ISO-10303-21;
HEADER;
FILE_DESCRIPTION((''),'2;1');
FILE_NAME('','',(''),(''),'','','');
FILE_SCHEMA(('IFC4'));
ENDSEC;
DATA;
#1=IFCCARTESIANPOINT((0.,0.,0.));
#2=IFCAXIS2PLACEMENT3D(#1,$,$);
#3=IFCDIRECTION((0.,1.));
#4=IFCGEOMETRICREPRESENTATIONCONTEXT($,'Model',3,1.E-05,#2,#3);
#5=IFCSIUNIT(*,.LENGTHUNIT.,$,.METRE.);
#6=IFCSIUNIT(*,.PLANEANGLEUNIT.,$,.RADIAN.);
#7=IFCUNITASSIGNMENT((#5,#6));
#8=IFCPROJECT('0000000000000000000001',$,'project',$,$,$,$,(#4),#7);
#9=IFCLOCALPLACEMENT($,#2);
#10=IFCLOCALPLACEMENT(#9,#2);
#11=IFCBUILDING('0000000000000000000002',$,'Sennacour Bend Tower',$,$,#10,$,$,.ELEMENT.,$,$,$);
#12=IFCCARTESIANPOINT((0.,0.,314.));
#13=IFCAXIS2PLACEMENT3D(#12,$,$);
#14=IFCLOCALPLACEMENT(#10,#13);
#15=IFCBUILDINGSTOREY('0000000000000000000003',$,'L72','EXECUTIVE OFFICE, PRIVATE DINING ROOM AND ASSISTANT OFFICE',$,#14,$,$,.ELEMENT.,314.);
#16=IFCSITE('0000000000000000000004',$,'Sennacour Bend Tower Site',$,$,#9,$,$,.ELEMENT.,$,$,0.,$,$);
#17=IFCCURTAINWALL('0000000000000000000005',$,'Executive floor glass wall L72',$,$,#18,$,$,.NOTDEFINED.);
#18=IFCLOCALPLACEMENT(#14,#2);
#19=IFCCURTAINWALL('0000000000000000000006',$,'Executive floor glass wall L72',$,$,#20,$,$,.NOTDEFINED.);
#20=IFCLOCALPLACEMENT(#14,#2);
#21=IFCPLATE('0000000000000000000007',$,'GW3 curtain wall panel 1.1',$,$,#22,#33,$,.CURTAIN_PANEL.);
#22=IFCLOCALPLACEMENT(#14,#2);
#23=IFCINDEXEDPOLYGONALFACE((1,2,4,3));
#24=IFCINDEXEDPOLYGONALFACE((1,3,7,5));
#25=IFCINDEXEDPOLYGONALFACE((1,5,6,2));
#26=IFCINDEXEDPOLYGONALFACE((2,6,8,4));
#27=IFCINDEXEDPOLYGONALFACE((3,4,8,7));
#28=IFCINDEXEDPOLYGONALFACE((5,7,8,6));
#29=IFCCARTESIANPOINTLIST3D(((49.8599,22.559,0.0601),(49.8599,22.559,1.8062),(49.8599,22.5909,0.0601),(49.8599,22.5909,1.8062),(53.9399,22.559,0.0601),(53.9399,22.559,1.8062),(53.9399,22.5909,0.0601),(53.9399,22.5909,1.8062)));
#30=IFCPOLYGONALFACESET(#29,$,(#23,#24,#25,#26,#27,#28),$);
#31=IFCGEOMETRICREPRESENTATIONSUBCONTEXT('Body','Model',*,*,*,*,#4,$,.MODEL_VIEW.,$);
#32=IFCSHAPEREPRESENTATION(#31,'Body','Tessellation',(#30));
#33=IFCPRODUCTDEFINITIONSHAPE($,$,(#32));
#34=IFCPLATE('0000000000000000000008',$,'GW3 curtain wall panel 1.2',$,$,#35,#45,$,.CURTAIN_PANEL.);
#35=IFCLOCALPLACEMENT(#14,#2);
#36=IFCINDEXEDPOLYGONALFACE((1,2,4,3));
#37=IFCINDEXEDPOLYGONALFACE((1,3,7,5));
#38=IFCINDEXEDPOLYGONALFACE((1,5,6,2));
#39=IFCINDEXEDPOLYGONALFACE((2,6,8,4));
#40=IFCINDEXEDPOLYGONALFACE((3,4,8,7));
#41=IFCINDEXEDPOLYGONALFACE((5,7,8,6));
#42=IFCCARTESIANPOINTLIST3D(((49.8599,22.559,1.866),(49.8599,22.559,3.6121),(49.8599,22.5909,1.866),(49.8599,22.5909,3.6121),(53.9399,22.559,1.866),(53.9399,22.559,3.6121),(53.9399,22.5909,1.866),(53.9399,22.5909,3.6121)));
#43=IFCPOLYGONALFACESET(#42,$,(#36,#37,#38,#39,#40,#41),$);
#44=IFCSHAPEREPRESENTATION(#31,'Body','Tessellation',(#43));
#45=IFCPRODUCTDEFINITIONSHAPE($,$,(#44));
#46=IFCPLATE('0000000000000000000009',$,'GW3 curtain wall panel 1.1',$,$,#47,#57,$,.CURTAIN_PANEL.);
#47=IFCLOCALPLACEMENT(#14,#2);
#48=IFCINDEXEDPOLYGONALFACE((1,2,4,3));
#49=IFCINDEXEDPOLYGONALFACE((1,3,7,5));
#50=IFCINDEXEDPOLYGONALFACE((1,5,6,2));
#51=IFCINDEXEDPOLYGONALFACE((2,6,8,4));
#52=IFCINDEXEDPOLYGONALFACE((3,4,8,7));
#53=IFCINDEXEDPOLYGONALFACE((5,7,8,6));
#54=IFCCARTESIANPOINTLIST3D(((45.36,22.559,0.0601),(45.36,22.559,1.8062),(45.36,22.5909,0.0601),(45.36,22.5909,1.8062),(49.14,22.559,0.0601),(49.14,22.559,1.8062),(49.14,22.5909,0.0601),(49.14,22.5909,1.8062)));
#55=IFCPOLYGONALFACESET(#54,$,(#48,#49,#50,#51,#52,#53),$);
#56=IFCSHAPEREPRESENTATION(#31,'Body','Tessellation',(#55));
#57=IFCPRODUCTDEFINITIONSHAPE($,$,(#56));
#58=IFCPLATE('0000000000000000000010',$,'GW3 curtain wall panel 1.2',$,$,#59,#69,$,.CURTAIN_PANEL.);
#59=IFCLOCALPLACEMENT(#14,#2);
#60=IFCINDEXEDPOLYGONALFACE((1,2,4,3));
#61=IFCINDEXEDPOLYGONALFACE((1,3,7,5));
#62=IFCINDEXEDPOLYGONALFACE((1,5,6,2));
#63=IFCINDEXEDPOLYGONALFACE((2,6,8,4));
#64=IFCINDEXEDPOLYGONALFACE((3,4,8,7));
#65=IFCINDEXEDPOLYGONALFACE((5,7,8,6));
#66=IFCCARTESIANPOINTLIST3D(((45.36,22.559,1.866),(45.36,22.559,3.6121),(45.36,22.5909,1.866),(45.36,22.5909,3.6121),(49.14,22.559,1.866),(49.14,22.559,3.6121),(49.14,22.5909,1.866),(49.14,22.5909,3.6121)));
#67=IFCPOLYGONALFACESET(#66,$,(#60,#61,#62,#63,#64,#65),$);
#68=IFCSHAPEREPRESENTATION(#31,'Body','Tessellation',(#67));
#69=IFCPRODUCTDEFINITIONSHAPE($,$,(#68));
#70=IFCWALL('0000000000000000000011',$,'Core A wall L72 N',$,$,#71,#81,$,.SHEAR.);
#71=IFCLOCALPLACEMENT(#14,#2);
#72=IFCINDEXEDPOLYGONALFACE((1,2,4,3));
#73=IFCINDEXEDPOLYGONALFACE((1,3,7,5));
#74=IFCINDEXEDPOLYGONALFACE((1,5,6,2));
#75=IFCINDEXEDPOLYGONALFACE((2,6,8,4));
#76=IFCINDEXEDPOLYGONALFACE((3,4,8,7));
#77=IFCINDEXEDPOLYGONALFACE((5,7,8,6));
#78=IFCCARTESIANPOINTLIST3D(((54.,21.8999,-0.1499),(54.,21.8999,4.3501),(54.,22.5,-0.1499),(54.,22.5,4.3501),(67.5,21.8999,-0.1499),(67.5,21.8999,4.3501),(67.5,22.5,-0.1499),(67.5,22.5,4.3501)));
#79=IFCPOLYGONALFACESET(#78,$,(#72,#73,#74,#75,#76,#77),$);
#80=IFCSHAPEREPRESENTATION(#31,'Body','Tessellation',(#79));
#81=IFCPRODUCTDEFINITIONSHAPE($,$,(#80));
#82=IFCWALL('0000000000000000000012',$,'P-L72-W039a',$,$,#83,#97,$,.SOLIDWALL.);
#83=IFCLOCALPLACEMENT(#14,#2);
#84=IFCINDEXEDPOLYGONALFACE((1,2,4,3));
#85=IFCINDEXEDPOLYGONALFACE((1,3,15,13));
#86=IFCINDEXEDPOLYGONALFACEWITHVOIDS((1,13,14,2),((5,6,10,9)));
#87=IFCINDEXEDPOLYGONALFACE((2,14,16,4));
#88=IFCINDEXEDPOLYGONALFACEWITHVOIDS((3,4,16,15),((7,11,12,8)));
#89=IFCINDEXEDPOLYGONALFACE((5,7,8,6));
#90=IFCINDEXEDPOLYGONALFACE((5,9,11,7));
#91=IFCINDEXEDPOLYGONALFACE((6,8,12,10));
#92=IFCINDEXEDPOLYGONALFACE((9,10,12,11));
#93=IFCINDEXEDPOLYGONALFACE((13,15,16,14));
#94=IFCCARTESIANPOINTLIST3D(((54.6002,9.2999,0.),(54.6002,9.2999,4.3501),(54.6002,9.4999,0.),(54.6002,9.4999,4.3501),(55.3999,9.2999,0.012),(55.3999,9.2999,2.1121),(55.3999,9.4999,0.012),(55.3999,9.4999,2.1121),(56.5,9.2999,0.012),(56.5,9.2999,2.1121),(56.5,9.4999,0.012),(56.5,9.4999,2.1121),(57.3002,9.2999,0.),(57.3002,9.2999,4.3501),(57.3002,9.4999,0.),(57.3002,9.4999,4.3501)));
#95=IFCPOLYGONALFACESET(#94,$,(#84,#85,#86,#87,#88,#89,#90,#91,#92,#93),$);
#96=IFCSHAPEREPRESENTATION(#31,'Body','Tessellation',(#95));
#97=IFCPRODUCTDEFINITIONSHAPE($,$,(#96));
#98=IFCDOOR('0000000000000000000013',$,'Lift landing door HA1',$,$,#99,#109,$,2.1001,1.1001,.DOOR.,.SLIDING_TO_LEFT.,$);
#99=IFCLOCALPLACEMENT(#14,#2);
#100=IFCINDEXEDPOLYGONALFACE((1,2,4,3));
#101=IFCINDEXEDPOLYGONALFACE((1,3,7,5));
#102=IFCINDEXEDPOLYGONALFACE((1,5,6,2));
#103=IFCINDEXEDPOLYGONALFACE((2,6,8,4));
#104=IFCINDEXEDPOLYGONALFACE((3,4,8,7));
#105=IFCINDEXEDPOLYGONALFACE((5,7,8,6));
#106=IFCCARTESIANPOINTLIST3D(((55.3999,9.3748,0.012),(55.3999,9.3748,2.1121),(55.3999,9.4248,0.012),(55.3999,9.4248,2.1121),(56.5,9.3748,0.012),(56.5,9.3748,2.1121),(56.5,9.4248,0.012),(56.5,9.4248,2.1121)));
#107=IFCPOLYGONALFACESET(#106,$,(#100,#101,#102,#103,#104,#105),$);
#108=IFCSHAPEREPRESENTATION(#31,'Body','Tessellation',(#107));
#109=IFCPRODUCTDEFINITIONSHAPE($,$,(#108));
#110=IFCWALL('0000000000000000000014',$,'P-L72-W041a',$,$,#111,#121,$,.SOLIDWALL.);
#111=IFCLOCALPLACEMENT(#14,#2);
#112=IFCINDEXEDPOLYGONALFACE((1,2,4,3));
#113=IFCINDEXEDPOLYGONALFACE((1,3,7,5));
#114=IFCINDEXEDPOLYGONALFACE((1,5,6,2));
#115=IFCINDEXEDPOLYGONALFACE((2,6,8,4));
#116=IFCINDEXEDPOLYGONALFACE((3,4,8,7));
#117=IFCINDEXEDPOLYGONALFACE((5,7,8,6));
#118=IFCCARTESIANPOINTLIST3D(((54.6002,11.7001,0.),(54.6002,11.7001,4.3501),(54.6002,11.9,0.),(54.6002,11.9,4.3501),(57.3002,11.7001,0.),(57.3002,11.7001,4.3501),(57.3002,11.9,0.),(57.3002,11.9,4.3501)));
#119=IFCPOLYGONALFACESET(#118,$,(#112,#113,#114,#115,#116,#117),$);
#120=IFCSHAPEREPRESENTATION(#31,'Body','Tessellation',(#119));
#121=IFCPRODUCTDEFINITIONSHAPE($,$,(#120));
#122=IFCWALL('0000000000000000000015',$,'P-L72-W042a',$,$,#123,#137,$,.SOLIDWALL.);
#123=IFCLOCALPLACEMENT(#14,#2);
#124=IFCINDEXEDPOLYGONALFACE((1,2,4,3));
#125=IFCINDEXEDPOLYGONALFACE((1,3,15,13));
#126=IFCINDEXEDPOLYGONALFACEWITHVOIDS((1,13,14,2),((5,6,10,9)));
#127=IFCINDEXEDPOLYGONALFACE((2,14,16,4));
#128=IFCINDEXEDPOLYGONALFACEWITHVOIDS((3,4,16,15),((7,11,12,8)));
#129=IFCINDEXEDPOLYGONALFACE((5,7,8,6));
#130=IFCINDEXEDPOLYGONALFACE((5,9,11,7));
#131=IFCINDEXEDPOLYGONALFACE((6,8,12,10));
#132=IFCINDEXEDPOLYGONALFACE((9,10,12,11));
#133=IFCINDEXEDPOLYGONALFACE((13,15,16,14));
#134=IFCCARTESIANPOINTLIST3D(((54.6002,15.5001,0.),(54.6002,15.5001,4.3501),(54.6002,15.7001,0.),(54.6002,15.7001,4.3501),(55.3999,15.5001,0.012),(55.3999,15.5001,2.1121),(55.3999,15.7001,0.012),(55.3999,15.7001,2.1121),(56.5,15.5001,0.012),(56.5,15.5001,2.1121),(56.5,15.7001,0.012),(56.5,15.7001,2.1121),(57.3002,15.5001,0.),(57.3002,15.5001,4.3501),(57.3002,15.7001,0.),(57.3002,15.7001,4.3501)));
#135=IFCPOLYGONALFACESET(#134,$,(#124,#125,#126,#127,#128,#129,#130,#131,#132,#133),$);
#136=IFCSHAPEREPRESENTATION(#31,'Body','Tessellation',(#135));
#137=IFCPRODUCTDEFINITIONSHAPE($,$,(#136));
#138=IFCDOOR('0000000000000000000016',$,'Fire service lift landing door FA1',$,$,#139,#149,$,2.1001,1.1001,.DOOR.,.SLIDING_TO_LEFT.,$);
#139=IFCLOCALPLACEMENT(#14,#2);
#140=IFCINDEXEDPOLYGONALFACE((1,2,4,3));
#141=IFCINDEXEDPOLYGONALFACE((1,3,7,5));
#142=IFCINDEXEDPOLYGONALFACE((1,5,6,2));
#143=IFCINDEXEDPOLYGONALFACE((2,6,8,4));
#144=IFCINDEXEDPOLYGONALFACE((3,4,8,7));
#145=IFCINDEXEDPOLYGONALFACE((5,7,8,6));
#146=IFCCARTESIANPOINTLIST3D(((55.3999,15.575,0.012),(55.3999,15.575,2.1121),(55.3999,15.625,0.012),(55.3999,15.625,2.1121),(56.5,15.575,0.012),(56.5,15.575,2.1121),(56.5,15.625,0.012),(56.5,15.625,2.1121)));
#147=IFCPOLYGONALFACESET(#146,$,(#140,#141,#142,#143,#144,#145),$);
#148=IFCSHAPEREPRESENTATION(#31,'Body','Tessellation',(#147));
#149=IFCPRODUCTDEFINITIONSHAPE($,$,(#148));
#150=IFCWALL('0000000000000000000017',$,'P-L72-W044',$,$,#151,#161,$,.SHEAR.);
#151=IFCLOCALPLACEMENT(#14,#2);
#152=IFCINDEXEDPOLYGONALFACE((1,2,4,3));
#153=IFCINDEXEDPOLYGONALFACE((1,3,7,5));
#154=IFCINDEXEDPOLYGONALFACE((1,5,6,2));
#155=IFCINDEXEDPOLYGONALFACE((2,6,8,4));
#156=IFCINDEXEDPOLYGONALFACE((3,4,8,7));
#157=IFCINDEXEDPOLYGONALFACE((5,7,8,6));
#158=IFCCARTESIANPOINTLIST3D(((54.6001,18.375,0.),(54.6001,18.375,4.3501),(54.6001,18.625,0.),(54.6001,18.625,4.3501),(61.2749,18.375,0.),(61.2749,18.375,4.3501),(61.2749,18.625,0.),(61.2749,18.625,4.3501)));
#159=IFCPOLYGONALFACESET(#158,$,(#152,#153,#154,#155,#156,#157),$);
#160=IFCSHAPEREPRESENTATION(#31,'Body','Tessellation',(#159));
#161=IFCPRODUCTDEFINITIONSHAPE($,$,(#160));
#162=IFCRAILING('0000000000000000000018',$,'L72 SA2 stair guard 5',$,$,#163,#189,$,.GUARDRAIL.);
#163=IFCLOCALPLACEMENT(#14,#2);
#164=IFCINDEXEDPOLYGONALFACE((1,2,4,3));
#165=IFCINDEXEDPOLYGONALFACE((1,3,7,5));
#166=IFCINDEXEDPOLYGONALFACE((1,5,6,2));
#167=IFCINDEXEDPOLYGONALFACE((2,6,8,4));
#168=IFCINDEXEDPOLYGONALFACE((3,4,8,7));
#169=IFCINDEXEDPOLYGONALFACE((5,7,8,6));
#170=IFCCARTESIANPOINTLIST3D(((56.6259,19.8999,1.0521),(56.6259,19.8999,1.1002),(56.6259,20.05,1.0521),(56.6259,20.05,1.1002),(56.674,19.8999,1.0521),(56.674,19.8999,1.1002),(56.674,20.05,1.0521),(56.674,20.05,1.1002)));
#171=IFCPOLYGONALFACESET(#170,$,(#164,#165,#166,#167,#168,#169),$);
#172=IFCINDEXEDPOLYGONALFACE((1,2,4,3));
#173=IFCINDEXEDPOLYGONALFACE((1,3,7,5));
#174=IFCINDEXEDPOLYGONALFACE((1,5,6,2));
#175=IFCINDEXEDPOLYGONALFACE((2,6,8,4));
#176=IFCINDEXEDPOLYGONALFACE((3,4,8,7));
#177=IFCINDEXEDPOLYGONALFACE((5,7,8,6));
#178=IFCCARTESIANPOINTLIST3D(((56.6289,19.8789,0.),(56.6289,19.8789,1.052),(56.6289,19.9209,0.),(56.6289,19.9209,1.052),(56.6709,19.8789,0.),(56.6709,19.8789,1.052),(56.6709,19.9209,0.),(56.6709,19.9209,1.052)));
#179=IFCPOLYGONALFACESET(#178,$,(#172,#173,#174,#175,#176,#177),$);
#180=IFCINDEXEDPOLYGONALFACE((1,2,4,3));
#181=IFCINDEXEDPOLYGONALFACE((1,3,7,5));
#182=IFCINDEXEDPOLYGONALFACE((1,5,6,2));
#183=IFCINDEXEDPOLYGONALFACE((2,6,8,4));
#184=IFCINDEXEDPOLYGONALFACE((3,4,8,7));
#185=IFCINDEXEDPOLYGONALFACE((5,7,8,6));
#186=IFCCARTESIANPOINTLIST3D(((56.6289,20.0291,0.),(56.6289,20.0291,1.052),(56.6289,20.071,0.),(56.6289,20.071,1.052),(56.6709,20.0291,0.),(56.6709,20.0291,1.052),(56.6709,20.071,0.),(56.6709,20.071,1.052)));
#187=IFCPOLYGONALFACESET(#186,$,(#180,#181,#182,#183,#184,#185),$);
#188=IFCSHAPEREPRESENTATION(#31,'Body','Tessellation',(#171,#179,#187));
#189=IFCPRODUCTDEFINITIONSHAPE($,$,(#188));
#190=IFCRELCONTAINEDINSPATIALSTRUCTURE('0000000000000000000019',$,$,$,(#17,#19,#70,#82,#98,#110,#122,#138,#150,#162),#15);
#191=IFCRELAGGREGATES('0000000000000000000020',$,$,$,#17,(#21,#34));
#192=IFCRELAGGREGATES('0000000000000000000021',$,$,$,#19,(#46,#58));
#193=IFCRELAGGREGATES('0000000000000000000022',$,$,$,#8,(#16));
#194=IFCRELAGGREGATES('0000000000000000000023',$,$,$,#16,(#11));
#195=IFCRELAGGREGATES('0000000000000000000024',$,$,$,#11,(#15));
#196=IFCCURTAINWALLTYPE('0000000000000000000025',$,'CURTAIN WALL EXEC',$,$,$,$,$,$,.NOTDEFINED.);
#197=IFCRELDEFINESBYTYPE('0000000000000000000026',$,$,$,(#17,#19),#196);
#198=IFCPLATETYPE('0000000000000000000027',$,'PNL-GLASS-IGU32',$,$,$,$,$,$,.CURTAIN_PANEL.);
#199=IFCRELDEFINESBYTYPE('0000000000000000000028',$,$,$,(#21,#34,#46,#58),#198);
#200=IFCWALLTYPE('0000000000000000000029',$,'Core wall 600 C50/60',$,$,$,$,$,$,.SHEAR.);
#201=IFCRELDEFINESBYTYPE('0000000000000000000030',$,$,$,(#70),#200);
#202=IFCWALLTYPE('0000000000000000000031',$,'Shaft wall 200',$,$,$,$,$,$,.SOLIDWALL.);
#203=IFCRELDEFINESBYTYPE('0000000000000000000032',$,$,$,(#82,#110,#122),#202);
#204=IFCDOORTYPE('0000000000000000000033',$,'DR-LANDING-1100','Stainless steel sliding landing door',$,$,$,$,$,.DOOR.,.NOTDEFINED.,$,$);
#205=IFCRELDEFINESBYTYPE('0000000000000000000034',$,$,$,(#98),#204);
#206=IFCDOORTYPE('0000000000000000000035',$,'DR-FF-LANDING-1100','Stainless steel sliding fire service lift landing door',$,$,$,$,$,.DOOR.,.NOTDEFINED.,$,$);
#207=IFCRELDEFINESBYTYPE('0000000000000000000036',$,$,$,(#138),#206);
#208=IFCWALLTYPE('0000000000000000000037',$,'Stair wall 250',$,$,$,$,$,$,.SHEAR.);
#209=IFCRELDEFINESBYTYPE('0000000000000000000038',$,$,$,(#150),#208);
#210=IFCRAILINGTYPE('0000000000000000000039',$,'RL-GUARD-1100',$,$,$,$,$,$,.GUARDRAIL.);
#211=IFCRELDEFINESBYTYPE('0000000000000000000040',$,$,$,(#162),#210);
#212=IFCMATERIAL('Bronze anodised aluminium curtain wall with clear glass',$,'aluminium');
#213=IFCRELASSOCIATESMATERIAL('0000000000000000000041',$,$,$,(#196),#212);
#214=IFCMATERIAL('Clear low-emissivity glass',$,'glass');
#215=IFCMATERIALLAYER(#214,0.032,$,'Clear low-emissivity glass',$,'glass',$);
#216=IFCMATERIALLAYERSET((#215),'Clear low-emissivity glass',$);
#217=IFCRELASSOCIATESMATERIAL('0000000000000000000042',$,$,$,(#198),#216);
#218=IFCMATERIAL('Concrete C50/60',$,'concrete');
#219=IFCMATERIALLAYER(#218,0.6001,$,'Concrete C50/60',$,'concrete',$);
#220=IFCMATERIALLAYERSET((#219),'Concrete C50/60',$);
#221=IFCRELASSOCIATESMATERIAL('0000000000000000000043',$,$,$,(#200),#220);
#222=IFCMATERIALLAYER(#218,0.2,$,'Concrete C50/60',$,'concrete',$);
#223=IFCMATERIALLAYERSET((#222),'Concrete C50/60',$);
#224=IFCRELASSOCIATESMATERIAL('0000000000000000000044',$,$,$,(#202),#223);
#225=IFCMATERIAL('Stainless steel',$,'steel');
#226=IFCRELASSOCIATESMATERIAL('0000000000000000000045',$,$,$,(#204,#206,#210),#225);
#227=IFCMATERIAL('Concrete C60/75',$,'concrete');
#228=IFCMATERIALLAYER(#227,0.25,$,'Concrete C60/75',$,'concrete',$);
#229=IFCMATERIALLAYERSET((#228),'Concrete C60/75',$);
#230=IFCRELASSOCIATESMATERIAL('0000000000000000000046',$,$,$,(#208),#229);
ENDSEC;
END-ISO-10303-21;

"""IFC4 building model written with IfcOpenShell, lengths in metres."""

from ifc_helpers import new_model, si_unit, direction, frame, frame_2d, origin, origin_2d, place, context, subcontext, project, spatial, rectangle, extrude, material, layer, layer_set, type_object, element, fill, aggregate, save


model = new_model("IFC4")

# Units and contexts
model_context = context("Model", 3, precision=1e-05, world=origin(), true_north=direction((0.0, 1.0)))
body_context = subcontext(model_context, "Body", "Model", "MODEL_VIEW")
ifc_project = project(units=[si_unit("LENGTHUNIT", "METRE"), si_unit("PLANEANGLEUNIT", "RADIAN")], contexts=[model_context])

# Site, building, storey
site_placement = place(None, origin())
site = spatial("IfcSite", under=ifc_project, at=site_placement, Name="Sennacour Bend Tower Site", CompositionType="ELEMENT", RefElevation=0.0)
building_placement = place(site_placement, origin())
building = spatial("IfcBuilding", under=site, at=building_placement, Name="Sennacour Bend Tower", CompositionType="ELEMENT")
storey_placement = place(building_placement, frame((0.0, 0.0, 314.0)))
storey = spatial("IfcBuildingStorey", under=building, at=storey_placement, Name="L72", Description="EXECUTIVE OFFICE, PRIVATE DINING ROOM AND ASSISTANT OFFICE", CompositionType="ELEMENT", Elevation=314.0)

# Curtain wall
ifc_material_1 = material(Name="Bronze anodised aluminium curtain wall with clear glass", Category="aluminium")
curtain_wall_type = type_object("IfcCurtainWallType", Name="CURTAIN WALL EXEC", PredefinedType="NOTDEFINED", material=ifc_material_1)
curtain_wall_1_placement = place(storey_placement, origin())
curtain_wall_1 = element("IfcCurtainWall", 1, at=curtain_wall_1_placement, inside=storey, type_object=curtain_wall_type, Name="Executive floor glass wall L72", PredefinedType="NOTDEFINED")

# Curtain wall
curtain_wall_2_placement = place(storey_placement, origin())
curtain_wall_2 = element("IfcCurtainWall", 2, at=curtain_wall_2_placement, inside=storey, type_object=curtain_wall_type, Name="Executive floor glass wall L72", PredefinedType="NOTDEFINED")

# Plates
ifc_material_2 = material(Name="Clear low-emissivity glass", Category="glass")
ifc_layer_1 = layer(ifc_material_2, 0.032, Name="Clear low-emissivity glass", Category="glass")
ifc_layer_set_1 = layer_set([ifc_layer_1], Name="Clear low-emissivity glass")
plate_type = type_object("IfcPlateType", Name="PNL-GLASS-IGU32", PredefinedType="CURTAIN_PANEL", material=ifc_layer_set_1)
plate_1_placement = place(storey_placement, frame((51.8999, 22.575, 0.0601), z_axis=(0.0, 0.0, 1.0), x_axis=(-1.0, 0.0, 0.0)))
plate_1 = element("IfcPlate", 3, at=plate_1_placement, type_object=plate_type, Name="GW3 curtain wall panel 1.1", PredefinedType="CURTAIN_PANEL", context=body_context, shape_type="SweptSolid", body=[
    extrude(rectangle(XDim=4.0801, YDim=0.032, at=origin_2d()), origin(), (0.0, 0.0, 1.0), 1.7461),
])
plate_2_placement = place(storey_placement, frame((51.8999, 22.575, 1.866), z_axis=(0.0, 0.0, 1.0), x_axis=(-1.0, 0.0, 0.0)))
plate_2 = element("IfcPlate", 4, at=plate_2_placement, type_object=plate_type, Name="GW3 curtain wall panel 1.2", PredefinedType="CURTAIN_PANEL", context=body_context, shape_type="SweptSolid", body=[
    extrude(rectangle(XDim=4.0801, YDim=0.032, at=origin_2d()), origin(), (0.0, 0.0, 1.0), 1.7461),
])
aggregate(curtain_wall_1, [plate_1, plate_2])
plate_3_placement = place(storey_placement, frame((47.25, 22.575, 0.0601), z_axis=(0.0, 0.0, 1.0), x_axis=(-1.0, 0.0, 0.0)))
plate_3 = element("IfcPlate", 5, at=plate_3_placement, type_object=plate_type, Name="GW3 curtain wall panel 1.1", PredefinedType="CURTAIN_PANEL", context=body_context, shape_type="SweptSolid", body=[
    extrude(rectangle(XDim=3.78, YDim=0.032, at=origin_2d()), origin(), (0.0, 0.0, 1.0), 1.7461),
])
plate_4_placement = place(storey_placement, frame((47.25, 22.575, 1.866), z_axis=(0.0, 0.0, 1.0), x_axis=(-1.0, 0.0, 0.0)))
plate_4 = element("IfcPlate", 6, at=plate_4_placement, type_object=plate_type, Name="GW3 curtain wall panel 1.2", PredefinedType="CURTAIN_PANEL", context=body_context, shape_type="SweptSolid", body=[
    extrude(rectangle(XDim=3.78, YDim=0.032, at=origin_2d()), origin(), (0.0, 0.0, 1.0), 1.7461),
])
aggregate(curtain_wall_2, [plate_3, plate_4])

# Wall
ifc_material_3 = material(Name="Concrete C50/60", Category="concrete")
ifc_layer_2 = layer(ifc_material_3, 0.6001, Name="Concrete C50/60", Category="concrete")
ifc_layer_set_2 = layer_set([ifc_layer_2], Name="Concrete C50/60")
wall_type_1 = type_object("IfcWallType", Name="Core wall 600 C50/60", PredefinedType="SHEAR", material=ifc_layer_set_2)
wall_1_placement = place(storey_placement, frame((54.0, 22.2, -0.1499), z_axis=(0.0, 0.0, 1.0), x_axis=(1.0, 0.0, 0.0)))
element("IfcWall", 7, at=wall_1_placement, inside=storey, type_object=wall_type_1, Name="Core A wall L72 N", PredefinedType="SHEAR", context=body_context, shape_type="SweptSolid", body=[
    extrude(rectangle(XDim=13.5, YDim=0.6001, at=frame_2d((6.75, 0.0))), origin(), (0.0, 0.0, 1.0), 4.5),
])

# Wall, opening, door
ifc_layer_3 = layer(ifc_material_3, 0.2, Name="Concrete C50/60", Category="concrete")
ifc_layer_set_3 = layer_set([ifc_layer_3], Name="Concrete C50/60")
wall_type_2 = type_object("IfcWallType", Name="Shaft wall 200", PredefinedType="SOLIDWALL", material=ifc_layer_set_3)
wall_2_placement = place(storey_placement, frame((54.6001, 9.3999, 0.0), z_axis=(0.0, 0.0, 1.0), x_axis=(1.0, 0.0, 0.0)))
wall_2 = element("IfcWall", 8, at=wall_2_placement, inside=storey, type_object=wall_type_2, Name="P-L72-W039a", PredefinedType="SOLIDWALL", context=body_context, shape_type="SweptSolid", body=[
    extrude(rectangle(XDim=2.7, YDim=0.2, at=frame_2d((1.3501, 0.0))), origin(), (0.0, 0.0, 1.0), 4.3501),
])
opening_1_placement = place(wall_2_placement, frame((0.7998, 0.0, 0.012)))
opening_1 = element("IfcOpeningElement", 9, at=opening_1_placement, cuts=wall_2, PredefinedType="OPENING", context=body_context, shape_type="SweptSolid", body=[
    extrude(rectangle(XDim=1.1001, YDim=2.1001, at=frame_2d((0.55, 1.05))), frame((0.0, 0.1099, 0.0), z_axis=(0.0, -1.0, 0.0), x_axis=(1.0, 0.0, 0.0)), (0.0, 0.0, 1.0), 0.22),
])
ifc_material_4 = material(Name="Stainless steel", Category="steel")
door_type_1 = type_object("IfcDoorType", Name="DR-LANDING-1100", Description="Stainless steel sliding landing door", OperationType="NOTDEFINED", PredefinedType="DOOR", material=ifc_material_4)
door_1_placement = place(opening_1_placement, origin())
door_1 = element("IfcDoor", 10, at=door_1_placement, inside=storey, type_object=door_type_1, Name="Lift landing door HA1", OperationType="SLIDING_TO_LEFT", OverallHeight=2.1001, OverallWidth=1.1001, PredefinedType="DOOR", context=body_context, shape_type="SweptSolid", body=[
    extrude(rectangle(XDim=1.1001, YDim=2.1001, at=frame_2d((0.55, 1.05))), frame((0.0, 0.0249, 0.0), z_axis=(0.0, -1.0, 0.0), x_axis=(1.0, 0.0, 0.0)), (0.0, 0.0, 1.0), 0.05),
])
fill(opening_1, door_1)

# Wall
wall_3_placement = place(storey_placement, frame((54.6001, 11.8, 0.0), z_axis=(0.0, 0.0, 1.0), x_axis=(1.0, 0.0, 0.0)))
element("IfcWall", 11, at=wall_3_placement, inside=storey, type_object=wall_type_2, Name="P-L72-W041a", PredefinedType="SOLIDWALL", context=body_context, shape_type="SweptSolid", body=[
    extrude(rectangle(XDim=2.7, YDim=0.2, at=frame_2d((1.3501, 0.0))), origin(), (0.0, 0.0, 1.0), 4.3501),
])

# Wall, opening, door
wall_4_placement = place(storey_placement, frame((54.6001, 15.6001, 0.0), z_axis=(0.0, 0.0, 1.0), x_axis=(1.0, 0.0, 0.0)))
wall_4 = element("IfcWall", 12, at=wall_4_placement, inside=storey, type_object=wall_type_2, Name="P-L72-W042a", PredefinedType="SOLIDWALL", context=body_context, shape_type="SweptSolid", body=[
    extrude(rectangle(XDim=2.7, YDim=0.2, at=frame_2d((1.3501, 0.0))), origin(), (0.0, 0.0, 1.0), 4.3501),
])
opening_2_placement = place(wall_4_placement, frame((0.7998, 0.0, 0.012)))
opening_2 = element("IfcOpeningElement", 13, at=opening_2_placement, cuts=wall_4, PredefinedType="OPENING", context=body_context, shape_type="SweptSolid", body=[
    extrude(rectangle(XDim=1.1001, YDim=2.1001, at=frame_2d((0.55, 1.05))), frame((0.0, 0.1099, 0.0), z_axis=(0.0, -1.0, 0.0), x_axis=(1.0, 0.0, 0.0)), (0.0, 0.0, 1.0), 0.22),
])
door_type_2 = type_object("IfcDoorType", Name="DR-FF-LANDING-1100", Description="Stainless steel sliding fire service lift landing door", OperationType="NOTDEFINED", PredefinedType="DOOR", material=ifc_material_4)
door_2_placement = place(opening_2_placement, origin())
door_2 = element("IfcDoor", 14, at=door_2_placement, inside=storey, type_object=door_type_2, Name="Fire service lift landing door FA1", OperationType="SLIDING_TO_LEFT", OverallHeight=2.1001, OverallWidth=1.1001, PredefinedType="DOOR", context=body_context, shape_type="SweptSolid", body=[
    extrude(rectangle(XDim=1.1001, YDim=2.1001, at=frame_2d((0.55, 1.05))), frame((0.0, 0.0249, 0.0), z_axis=(0.0, -1.0, 0.0), x_axis=(1.0, 0.0, 0.0)), (0.0, 0.0, 1.0), 0.05),
])
fill(opening_2, door_2)

# Wall
ifc_material_5 = material(Name="Concrete C60/75", Category="concrete")
ifc_layer_4 = layer(ifc_material_5, 0.25, Name="Concrete C60/75", Category="concrete")
ifc_layer_set_4 = layer_set([ifc_layer_4], Name="Concrete C60/75")
wall_type_3 = type_object("IfcWallType", Name="Stair wall 250", PredefinedType="SHEAR", material=ifc_layer_set_4)
wall_5_placement = place(storey_placement, frame((54.6001, 18.5, 0.0), z_axis=(0.0, 0.0, 1.0), x_axis=(1.0, 0.0, 0.0)))
element("IfcWall", 15, at=wall_5_placement, inside=storey, type_object=wall_type_3, Name="P-L72-W044", PredefinedType="SHEAR", context=body_context, shape_type="SweptSolid", body=[
    extrude(rectangle(XDim=6.6748, YDim=0.25, at=frame_2d((3.3374, 0.0))), origin(), (0.0, 0.0, 1.0), 4.3501),
])

# Railing
railing_type = type_object("IfcRailingType", Name="RL-GUARD-1100", PredefinedType="GUARDRAIL", material=ifc_material_4)
railing_1_placement = place(storey_placement, frame((56.6499, 19.8999, 0.0)))
element("IfcRailing", 16, at=railing_1_placement, inside=storey, type_object=railing_type, Name="L72 SA2 stair guard 5", PredefinedType="GUARDRAIL", context=body_context, shape_type="SweptSolid", body=[
    extrude(rectangle(XDim=0.0481, YDim=0.0481, at=origin_2d()), frame((0.0, 0.0, 1.0762), z_axis=(0.0, 1.0, 0.0), x_axis=(-1.0, 0.0, 0.0)), (0.0, 0.0, 1.0), 0.1501),
    extrude(rectangle(XDim=0.042, YDim=0.042, at=origin_2d()), origin(), (0.0, 0.0, 1.0), 1.052),
    extrude(rectangle(XDim=0.042, YDim=0.042, at=origin_2d()), frame((0.0, 0.1501, 0.0)), (0.0, 0.0, 1.0), 1.052),
])

save(model, "model.ifc")
